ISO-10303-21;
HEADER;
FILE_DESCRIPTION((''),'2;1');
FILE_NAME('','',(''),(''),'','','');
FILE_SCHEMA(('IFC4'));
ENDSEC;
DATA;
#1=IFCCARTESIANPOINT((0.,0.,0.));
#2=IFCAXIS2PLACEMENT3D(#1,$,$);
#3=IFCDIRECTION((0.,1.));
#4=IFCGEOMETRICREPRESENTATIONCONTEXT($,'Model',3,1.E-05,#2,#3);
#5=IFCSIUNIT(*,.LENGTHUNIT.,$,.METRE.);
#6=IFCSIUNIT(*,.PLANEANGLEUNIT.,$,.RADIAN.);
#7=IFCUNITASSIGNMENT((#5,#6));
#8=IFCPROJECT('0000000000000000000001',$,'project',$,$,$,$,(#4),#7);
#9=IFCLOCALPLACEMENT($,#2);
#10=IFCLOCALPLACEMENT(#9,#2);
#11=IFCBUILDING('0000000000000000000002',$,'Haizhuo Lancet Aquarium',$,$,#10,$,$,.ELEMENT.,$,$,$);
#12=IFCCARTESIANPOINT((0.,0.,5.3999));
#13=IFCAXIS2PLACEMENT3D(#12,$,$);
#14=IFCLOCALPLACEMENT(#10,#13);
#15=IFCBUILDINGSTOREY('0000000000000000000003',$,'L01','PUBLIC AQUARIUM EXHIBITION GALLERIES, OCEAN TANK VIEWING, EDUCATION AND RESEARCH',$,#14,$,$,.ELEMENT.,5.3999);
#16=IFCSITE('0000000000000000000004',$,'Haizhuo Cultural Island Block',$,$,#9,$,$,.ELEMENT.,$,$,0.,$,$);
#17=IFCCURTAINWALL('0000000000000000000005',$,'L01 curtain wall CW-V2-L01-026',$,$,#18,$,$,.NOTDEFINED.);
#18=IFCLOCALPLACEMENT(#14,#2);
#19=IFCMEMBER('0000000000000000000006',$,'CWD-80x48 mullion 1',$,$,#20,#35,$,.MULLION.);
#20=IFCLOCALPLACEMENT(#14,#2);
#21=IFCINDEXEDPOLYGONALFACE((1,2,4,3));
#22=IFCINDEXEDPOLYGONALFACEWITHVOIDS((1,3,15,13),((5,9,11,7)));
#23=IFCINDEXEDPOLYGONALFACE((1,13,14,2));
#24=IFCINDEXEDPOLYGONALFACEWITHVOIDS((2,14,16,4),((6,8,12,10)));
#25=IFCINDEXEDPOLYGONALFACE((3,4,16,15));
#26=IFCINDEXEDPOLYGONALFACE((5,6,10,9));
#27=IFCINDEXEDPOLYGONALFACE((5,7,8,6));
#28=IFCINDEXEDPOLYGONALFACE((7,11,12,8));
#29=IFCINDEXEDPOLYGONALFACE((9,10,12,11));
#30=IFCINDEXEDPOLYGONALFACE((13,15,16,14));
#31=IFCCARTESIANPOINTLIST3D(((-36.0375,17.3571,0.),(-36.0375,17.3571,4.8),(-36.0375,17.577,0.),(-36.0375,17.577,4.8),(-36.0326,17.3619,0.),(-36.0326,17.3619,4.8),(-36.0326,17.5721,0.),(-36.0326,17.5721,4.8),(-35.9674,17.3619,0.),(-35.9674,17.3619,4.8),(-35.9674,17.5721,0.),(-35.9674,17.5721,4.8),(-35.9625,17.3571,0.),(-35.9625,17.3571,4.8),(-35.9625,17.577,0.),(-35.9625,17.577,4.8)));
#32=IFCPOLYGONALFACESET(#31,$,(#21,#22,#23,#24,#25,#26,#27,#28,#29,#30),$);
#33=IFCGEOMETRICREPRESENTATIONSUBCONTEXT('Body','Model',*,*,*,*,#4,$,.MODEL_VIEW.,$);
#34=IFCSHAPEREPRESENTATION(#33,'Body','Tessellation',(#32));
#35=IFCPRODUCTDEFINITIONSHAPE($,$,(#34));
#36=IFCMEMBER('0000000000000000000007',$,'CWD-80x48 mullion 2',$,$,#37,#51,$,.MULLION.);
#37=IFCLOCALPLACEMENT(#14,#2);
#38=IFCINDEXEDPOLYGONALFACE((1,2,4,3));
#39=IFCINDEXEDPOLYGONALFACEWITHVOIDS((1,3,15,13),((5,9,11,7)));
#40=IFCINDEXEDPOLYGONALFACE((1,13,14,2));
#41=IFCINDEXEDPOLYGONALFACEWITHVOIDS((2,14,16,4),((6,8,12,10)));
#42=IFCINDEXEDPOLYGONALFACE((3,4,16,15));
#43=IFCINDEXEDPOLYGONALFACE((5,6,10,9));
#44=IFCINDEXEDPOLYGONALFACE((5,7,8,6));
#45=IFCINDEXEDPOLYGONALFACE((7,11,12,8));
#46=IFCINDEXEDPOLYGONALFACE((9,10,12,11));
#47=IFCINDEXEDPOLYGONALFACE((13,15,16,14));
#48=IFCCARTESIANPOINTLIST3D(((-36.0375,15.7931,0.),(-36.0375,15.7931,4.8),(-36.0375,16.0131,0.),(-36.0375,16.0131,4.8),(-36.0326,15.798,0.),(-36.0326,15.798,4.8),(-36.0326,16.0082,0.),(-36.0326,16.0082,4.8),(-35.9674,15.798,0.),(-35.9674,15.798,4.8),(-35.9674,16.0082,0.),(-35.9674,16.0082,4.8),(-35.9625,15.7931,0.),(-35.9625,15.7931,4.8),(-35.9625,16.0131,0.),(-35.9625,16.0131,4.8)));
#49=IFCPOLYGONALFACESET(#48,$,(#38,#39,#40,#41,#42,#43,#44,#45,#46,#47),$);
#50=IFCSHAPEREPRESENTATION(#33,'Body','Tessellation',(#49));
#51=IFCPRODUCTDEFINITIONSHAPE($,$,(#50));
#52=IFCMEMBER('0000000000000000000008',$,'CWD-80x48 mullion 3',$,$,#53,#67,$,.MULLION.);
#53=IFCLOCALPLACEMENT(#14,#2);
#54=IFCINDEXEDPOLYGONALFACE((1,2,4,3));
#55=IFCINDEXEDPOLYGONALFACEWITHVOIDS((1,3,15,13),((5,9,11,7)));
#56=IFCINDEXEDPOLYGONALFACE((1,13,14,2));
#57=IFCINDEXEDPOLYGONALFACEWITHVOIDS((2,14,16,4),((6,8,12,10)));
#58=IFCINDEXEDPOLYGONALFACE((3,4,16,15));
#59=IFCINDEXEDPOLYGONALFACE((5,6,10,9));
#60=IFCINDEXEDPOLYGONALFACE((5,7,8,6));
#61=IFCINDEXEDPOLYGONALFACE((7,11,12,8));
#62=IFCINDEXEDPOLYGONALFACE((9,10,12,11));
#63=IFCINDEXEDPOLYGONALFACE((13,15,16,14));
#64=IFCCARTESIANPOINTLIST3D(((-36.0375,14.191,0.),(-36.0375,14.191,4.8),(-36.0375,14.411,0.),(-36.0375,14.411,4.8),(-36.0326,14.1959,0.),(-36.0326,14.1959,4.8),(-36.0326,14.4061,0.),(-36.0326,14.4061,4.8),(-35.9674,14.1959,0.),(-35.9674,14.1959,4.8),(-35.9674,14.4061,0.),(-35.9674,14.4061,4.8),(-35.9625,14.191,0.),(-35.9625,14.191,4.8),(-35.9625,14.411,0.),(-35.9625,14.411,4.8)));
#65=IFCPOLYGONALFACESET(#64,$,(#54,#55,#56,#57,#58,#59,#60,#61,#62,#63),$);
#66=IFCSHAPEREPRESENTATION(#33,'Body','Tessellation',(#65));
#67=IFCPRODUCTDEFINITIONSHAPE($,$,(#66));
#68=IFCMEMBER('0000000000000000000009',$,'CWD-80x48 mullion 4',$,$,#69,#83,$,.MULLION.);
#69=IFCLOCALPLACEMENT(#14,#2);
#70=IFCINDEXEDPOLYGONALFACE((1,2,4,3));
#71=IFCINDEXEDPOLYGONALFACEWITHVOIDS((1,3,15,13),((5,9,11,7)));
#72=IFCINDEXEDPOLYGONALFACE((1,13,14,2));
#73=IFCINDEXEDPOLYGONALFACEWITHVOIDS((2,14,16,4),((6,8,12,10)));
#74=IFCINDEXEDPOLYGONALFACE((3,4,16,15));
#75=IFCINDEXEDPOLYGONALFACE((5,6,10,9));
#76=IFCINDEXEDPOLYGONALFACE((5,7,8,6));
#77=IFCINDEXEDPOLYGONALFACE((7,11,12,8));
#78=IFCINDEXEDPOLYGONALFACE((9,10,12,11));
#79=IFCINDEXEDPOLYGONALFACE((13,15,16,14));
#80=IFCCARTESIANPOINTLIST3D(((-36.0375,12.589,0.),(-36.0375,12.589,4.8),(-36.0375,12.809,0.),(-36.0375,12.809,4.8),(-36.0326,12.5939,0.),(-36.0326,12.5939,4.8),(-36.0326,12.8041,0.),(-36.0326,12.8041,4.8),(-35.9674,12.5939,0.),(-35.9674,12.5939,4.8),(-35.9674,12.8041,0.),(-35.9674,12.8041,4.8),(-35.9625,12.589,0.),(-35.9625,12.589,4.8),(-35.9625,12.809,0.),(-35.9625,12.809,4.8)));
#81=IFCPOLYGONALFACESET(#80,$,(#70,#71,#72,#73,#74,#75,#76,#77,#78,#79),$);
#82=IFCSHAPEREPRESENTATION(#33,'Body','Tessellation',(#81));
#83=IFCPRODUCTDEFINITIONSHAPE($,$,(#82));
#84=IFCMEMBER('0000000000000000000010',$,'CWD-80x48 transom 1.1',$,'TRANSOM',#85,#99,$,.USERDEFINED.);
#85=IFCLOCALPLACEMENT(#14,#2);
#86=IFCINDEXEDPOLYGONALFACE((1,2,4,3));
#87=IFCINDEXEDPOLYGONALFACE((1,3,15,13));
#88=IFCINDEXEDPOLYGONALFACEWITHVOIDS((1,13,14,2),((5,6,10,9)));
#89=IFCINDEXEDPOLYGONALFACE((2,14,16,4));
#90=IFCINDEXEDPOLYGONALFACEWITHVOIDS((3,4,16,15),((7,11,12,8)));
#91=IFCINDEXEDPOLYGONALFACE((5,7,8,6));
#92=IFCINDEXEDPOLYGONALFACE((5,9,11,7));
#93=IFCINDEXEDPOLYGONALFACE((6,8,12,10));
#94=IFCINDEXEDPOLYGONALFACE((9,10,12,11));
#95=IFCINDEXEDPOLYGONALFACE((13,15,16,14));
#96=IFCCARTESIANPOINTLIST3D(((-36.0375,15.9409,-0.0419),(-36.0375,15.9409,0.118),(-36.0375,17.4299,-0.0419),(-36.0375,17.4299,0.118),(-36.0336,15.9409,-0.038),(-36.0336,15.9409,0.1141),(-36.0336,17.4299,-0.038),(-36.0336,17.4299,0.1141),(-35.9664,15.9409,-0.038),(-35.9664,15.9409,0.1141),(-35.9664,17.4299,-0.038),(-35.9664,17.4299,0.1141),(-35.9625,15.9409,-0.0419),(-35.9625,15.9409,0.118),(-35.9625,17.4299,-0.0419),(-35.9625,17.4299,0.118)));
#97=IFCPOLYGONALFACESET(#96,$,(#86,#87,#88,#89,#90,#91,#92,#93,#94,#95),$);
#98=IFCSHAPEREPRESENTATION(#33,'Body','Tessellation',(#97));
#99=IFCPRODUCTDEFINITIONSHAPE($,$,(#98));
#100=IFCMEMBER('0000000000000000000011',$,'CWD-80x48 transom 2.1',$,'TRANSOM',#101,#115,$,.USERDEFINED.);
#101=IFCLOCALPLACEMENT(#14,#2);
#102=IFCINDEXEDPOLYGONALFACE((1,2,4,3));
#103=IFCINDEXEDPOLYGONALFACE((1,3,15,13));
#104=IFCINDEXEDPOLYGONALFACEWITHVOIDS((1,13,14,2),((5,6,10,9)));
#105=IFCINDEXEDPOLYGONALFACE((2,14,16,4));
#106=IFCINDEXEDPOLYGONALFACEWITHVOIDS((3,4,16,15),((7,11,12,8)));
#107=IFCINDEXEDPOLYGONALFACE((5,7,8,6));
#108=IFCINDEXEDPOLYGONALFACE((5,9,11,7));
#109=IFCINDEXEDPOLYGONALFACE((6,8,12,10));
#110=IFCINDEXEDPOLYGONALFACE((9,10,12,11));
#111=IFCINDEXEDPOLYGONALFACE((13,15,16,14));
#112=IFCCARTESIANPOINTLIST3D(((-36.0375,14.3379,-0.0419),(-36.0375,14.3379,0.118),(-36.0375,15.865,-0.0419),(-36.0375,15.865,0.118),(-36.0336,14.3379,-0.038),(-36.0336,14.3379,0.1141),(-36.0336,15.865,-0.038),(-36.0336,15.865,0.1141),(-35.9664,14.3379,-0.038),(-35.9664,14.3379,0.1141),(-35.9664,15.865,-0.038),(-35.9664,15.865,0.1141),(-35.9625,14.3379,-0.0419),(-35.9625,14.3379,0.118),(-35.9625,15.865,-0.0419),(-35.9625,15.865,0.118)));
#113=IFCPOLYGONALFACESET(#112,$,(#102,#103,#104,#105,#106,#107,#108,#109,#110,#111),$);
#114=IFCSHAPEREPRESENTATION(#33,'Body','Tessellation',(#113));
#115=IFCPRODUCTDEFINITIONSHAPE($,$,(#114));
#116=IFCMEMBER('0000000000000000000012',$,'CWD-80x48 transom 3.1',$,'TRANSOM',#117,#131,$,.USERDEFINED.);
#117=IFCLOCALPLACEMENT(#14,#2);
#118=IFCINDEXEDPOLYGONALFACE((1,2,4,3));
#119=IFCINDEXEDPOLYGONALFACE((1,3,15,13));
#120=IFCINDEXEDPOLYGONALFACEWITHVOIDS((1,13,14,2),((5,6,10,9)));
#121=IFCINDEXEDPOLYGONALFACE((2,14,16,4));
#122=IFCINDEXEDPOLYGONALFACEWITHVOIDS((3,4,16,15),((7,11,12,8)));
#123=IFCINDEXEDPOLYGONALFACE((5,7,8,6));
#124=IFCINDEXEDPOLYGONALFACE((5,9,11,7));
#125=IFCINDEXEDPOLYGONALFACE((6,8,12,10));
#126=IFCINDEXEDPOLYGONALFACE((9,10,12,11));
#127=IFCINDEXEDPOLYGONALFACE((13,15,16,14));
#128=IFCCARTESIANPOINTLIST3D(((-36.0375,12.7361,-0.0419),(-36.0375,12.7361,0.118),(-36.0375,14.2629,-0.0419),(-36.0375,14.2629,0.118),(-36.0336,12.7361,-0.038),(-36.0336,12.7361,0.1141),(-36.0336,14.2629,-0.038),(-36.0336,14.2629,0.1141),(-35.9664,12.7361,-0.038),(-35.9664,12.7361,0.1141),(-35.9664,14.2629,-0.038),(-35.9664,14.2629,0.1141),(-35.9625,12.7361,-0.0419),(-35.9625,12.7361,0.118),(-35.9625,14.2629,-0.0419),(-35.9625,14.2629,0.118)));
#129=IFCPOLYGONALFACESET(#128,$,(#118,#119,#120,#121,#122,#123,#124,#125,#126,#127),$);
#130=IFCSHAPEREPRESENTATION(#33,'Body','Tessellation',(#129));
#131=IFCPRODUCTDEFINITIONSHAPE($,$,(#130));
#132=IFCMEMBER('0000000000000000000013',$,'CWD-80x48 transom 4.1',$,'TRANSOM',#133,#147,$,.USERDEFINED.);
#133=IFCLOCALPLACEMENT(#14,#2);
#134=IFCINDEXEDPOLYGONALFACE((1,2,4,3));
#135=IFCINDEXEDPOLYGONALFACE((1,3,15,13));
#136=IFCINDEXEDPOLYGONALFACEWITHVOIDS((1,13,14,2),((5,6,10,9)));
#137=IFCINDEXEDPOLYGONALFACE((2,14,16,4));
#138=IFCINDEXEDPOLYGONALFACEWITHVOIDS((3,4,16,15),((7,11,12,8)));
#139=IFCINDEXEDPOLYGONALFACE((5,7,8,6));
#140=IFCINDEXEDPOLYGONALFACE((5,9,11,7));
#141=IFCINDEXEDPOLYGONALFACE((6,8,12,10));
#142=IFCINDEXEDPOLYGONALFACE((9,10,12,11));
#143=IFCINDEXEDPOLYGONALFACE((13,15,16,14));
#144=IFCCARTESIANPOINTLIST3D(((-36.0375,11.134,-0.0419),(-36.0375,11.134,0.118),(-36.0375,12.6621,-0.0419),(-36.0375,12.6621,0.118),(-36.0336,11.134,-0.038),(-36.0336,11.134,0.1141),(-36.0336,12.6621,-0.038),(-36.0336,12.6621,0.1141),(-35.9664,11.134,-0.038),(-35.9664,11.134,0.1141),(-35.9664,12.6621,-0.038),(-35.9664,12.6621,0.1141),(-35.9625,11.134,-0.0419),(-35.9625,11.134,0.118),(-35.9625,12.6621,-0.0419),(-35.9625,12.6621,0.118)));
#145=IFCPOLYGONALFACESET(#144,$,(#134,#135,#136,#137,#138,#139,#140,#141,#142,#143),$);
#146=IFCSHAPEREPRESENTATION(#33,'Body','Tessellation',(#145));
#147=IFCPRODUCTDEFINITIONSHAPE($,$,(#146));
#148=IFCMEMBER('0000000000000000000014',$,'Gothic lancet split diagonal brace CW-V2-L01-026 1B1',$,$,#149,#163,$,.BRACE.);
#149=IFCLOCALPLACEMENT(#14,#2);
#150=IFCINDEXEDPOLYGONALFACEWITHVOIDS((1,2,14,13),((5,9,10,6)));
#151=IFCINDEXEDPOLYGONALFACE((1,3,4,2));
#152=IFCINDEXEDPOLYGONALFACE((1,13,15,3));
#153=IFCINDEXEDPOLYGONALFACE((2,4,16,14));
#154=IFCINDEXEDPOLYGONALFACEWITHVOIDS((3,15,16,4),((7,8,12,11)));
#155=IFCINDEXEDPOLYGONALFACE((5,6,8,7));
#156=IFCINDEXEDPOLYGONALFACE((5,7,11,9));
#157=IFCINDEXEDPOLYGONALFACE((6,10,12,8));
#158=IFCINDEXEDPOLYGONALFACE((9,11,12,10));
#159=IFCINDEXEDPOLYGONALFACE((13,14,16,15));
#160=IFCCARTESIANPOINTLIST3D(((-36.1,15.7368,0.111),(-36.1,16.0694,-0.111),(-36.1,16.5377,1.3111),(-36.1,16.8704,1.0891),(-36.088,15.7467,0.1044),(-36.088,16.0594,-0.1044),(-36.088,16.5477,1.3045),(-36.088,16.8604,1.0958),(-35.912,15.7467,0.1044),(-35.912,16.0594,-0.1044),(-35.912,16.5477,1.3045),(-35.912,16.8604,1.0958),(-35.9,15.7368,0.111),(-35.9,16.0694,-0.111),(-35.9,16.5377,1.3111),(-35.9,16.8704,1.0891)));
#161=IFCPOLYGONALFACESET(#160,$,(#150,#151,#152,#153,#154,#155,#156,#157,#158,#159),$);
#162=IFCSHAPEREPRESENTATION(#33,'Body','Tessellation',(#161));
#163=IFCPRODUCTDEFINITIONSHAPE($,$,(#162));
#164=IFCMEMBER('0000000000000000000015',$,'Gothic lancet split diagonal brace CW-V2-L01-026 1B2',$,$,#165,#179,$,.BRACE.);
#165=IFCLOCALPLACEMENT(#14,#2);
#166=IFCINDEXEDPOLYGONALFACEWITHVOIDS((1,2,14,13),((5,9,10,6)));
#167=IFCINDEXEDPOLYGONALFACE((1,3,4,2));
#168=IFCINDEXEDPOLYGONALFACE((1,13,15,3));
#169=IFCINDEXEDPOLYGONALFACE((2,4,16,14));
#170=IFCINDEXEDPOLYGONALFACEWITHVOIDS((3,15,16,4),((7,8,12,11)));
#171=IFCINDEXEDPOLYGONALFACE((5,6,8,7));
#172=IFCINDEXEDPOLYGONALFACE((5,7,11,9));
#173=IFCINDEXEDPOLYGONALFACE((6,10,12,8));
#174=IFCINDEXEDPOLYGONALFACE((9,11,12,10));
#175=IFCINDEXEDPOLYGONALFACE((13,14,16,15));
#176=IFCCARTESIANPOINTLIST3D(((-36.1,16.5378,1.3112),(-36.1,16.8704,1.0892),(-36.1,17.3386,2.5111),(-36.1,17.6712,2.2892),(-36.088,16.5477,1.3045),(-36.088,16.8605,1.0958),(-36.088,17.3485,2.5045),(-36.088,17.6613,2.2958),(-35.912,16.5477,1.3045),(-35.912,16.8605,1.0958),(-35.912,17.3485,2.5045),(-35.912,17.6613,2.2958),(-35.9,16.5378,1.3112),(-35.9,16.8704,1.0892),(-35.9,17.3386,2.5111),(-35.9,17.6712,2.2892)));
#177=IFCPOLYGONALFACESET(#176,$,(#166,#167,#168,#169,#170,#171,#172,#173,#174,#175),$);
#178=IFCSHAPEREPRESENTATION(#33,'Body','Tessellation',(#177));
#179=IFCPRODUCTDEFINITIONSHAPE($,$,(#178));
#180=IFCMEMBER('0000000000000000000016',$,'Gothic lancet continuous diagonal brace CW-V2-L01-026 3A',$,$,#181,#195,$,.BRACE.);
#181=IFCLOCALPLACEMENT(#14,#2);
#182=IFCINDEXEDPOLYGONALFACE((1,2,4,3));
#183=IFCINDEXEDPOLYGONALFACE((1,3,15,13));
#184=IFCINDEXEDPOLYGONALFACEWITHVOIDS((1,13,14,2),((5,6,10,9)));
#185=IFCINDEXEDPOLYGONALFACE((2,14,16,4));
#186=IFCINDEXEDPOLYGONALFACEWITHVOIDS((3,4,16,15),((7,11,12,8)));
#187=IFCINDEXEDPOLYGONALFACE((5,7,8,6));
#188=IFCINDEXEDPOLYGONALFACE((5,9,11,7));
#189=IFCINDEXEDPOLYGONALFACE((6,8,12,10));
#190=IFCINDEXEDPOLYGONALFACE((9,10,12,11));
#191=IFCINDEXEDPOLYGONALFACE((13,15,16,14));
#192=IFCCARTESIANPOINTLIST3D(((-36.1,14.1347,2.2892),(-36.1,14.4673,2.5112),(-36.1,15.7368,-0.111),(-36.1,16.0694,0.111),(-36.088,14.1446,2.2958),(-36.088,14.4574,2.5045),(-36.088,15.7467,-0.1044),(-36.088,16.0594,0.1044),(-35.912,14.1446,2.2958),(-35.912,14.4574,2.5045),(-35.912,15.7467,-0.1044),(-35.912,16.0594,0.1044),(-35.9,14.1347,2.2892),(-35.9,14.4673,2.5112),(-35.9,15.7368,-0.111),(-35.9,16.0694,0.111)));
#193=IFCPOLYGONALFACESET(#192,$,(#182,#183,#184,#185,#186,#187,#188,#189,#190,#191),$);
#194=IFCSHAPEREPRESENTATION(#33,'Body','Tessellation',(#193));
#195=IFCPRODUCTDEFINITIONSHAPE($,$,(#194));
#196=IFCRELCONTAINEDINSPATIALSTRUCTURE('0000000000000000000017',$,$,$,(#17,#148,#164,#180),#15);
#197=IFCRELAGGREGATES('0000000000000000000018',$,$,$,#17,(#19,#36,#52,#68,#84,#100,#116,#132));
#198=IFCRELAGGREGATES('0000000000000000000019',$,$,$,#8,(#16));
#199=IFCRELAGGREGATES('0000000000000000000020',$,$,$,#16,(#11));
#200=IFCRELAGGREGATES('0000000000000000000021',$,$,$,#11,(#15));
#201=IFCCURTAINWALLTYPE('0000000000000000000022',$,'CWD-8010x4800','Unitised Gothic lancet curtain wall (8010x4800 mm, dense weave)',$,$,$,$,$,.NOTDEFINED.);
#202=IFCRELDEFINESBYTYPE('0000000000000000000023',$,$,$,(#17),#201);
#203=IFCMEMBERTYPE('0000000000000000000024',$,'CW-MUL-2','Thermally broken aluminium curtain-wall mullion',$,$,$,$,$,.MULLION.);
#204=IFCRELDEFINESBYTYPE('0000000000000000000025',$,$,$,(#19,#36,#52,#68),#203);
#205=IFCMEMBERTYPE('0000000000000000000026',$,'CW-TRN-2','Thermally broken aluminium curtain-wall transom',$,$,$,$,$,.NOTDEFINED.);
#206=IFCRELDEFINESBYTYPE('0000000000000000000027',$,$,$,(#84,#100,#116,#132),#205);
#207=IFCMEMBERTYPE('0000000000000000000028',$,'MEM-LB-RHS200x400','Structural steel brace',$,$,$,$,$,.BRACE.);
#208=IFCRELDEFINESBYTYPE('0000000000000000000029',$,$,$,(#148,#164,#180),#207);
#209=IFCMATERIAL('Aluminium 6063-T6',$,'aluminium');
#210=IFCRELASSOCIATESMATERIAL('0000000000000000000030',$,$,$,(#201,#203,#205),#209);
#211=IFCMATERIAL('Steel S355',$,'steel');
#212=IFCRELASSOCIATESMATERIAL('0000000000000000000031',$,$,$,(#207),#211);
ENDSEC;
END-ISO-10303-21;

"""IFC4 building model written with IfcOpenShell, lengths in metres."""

from ifc_helpers import new_model, si_unit, direction, frame, origin, origin_2d, place, context, subcontext, project, spatial, hollow_rectangle, extrude, material, material_profile, profile_set, type_object, element, aggregate, save


model = new_model("IFC4")

# Units and contexts
model_context = context("Model", 3, precision=1e-05, world=origin(), true_north=direction((0.0, 1.0)))
body_context = subcontext(model_context, "Body", "Model", "MODEL_VIEW")
ifc_project = project(units=[si_unit("LENGTHUNIT", "METRE"), si_unit("PLANEANGLEUNIT", "RADIAN")], contexts=[model_context])

# Site, building, storey
site_placement = place(None, origin())
site = spatial("IfcSite", under=ifc_project, at=site_placement, Name="Haizhuo Cultural Island Block", CompositionType="ELEMENT", RefElevation=0.0)
building_placement = place(site_placement, origin())
building = spatial("IfcBuilding", under=site, at=building_placement, Name="Haizhuo Lancet Aquarium", CompositionType="ELEMENT")
storey_placement = place(building_placement, frame((0.0, 0.0, 5.3999)))
storey = spatial("IfcBuildingStorey", under=building, at=storey_placement, Name="L01", Description="PUBLIC AQUARIUM EXHIBITION GALLERIES, OCEAN TANK VIEWING, EDUCATION AND RESEARCH", CompositionType="ELEMENT", Elevation=5.3999)

# Curtain wall, members
ifc_material_1 = material(Name="Aluminium 6063-T6", Category="aluminium")
curtain_wall_type = type_object("IfcCurtainWallType", Name="CWD-8010x4800", Description="Unitised Gothic lancet curtain wall (8010x4800 mm, dense weave)", PredefinedType="NOTDEFINED", material=ifc_material_1)
curtain_wall_placement = place(storey_placement, origin())
curtain_wall = element("IfcCurtainWall", 1, at=curtain_wall_placement, inside=storey, type_object=curtain_wall_type, Name="L01 curtain wall CW-V2-L01-026", PredefinedType="NOTDEFINED")
ifc_material_profile_1 = material_profile(ifc_material_1, hollow_rectangle(XDim=0.075, YDim=0.22, WallThickness=0.0049, at=origin_2d()), Name="ALU-M 75x220x5")
ifc_profile_set_1 = profile_set([ifc_material_profile_1], Name="Aluminium 6063-T6")
member_type_1 = type_object("IfcMemberType", Name="CW-MUL-2", Description="Thermally broken aluminium curtain-wall mullion", PredefinedType="MULLION", material=ifc_profile_set_1)
member_1_placement = place(storey_placement, frame((-36.0, 17.467, 0.0), z_axis=(0.0, 0.0, 1.0), x_axis=(1.0, 0.0, 0.0)))
member_1 = element("IfcMember", 2, at=member_1_placement, type_object=member_type_1, Name="CWD-80x48 mullion 1", PredefinedType="MULLION", context=body_context, shape_type="SweptSolid", body=[
    extrude(hollow_rectangle(XDim=0.075, YDim=0.22, WallThickness=0.0049, at=origin_2d()), origin(), (0.0, 0.0, 1.0), 4.8),
])
member_2_placement = place(storey_placement, frame((-36.0, 15.9031, 0.0), z_axis=(0.0, 0.0, 1.0), x_axis=(1.0, 0.0, 0.0)))
member_2 = element("IfcMember", 3, at=member_2_placement, type_object=member_type_1, Name="CWD-80x48 mullion 2", PredefinedType="MULLION", context=body_context, shape_type="SweptSolid", body=[
    extrude(hollow_rectangle(XDim=0.075, YDim=0.22, WallThickness=0.0049, at=origin_2d()), origin(), (0.0, 0.0, 1.0), 4.8),
])
member_3_placement = place(storey_placement, frame((-36.0, 14.301, 0.0), z_axis=(0.0, 0.0, 1.0), x_axis=(1.0, 0.0, 0.0)))
member_3 = element("IfcMember", 4, at=member_3_placement, type_object=member_type_1, Name="CWD-80x48 mullion 3", PredefinedType="MULLION", context=body_context, shape_type="SweptSolid", body=[
    extrude(hollow_rectangle(XDim=0.075, YDim=0.22, WallThickness=0.0049, at=origin_2d()), origin(), (0.0, 0.0, 1.0), 4.8),
])
member_4_placement = place(storey_placement, frame((-36.0, 12.699, 0.0), z_axis=(0.0, 0.0, 1.0), x_axis=(1.0, 0.0, 0.0)))
member_4 = element("IfcMember", 5, at=member_4_placement, type_object=member_type_1, Name="CWD-80x48 mullion 4", PredefinedType="MULLION", context=body_context, shape_type="SweptSolid", body=[
    extrude(hollow_rectangle(XDim=0.075, YDim=0.22, WallThickness=0.0049, at=origin_2d()), origin(), (0.0, 0.0, 1.0), 4.8),
])
ifc_material_profile_2 = material_profile(ifc_material_1, hollow_rectangle(XDim=0.075, YDim=0.1599, WallThickness=0.0039, at=origin_2d()), Name="ALU-T 75x160x4")
ifc_profile_set_2 = profile_set([ifc_material_profile_2], Name="Aluminium 6063-T6")
member_type_2 = type_object("IfcMemberType", Name="CW-TRN-2", Description="Thermally broken aluminium curtain-wall transom", PredefinedType="NOTDEFINED", material=ifc_profile_set_2)
member_5_placement = place(storey_placement, frame((-36.0, 17.4299, 0.0381), z_axis=(0.0, -1.0, 0.0), x_axis=(1.0, 0.0, 0.0)))
member_5 = element("IfcMember", 6, at=member_5_placement, type_object=member_type_2, Name="CWD-80x48 transom 1.1", ObjectType="TRANSOM", PredefinedType="USERDEFINED", context=body_context, shape_type="SweptSolid", body=[
    extrude(hollow_rectangle(XDim=0.075, YDim=0.1599, WallThickness=0.0039, at=origin_2d()), origin(), (0.0, 0.0, 1.0), 1.489),
])
member_6_placement = place(storey_placement, frame((-36.0, 15.865, 0.0381), z_axis=(0.0, -1.0, 0.0), x_axis=(1.0, 0.0, 0.0)))
member_6 = element("IfcMember", 7, at=member_6_placement, type_object=member_type_2, Name="CWD-80x48 transom 2.1", ObjectType="TRANSOM", PredefinedType="USERDEFINED", context=body_context, shape_type="SweptSolid", body=[
    extrude(hollow_rectangle(XDim=0.075, YDim=0.1599, WallThickness=0.0039, at=origin_2d()), origin(), (0.0, 0.0, 1.0), 1.5271),
])
member_7_placement = place(storey_placement, frame((-36.0, 14.2629, 0.0381), z_axis=(0.0, -1.0, 0.0), x_axis=(1.0, 0.0, 0.0)))
member_7 = element("IfcMember", 8, at=member_7_placement, type_object=member_type_2, Name="CWD-80x48 transom 3.1", ObjectType="TRANSOM", PredefinedType="USERDEFINED", context=body_context, shape_type="SweptSolid", body=[
    extrude(hollow_rectangle(XDim=0.075, YDim=0.1599, WallThickness=0.0039, at=origin_2d()), origin(), (0.0, 0.0, 1.0), 1.5269),
])
member_8_placement = place(storey_placement, frame((-36.0, 12.6621, 0.0381), z_axis=(0.0, -1.0, 0.0), x_axis=(1.0, 0.0, 0.0)))
member_8 = element("IfcMember", 9, at=member_8_placement, type_object=member_type_2, Name="CWD-80x48 transom 4.1", ObjectType="TRANSOM", PredefinedType="USERDEFINED", context=body_context, shape_type="SweptSolid", body=[
    extrude(hollow_rectangle(XDim=0.075, YDim=0.1599, WallThickness=0.0039, at=origin_2d()), origin(), (0.0, 0.0, 1.0), 1.5281),
])

# Members
ifc_material_2 = material(Name="Steel S355", Category="steel")
ifc_material_profile_3 = material_profile(ifc_material_2, hollow_rectangle(XDim=0.2, YDim=0.3999, WallThickness=0.012, at=origin_2d()), Name="RHS 200x400x12")
ifc_profile_set_3 = profile_set([ifc_material_profile_3], Name="Steel S355")
member_type_3 = type_object("IfcMemberType", Name="MEM-LB-RHS200x400", Description="Structural steel brace", PredefinedType="BRACE", material=ifc_profile_set_3)
member_9_placement = place(storey_placement, frame((-36.0, 15.9031, 0.0), z_axis=(0.0, 0.55513, 0.831764), x_axis=(-1.0, 0.0, 0.0)))
element("IfcMember", 10, at=member_9_placement, inside=storey, type_object=member_type_3, Name="Gothic lancet split diagonal brace CW-V2-L01-026 1B1", PredefinedType="BRACE", context=body_context, shape_type="SweptSolid", body=[
    extrude(hollow_rectangle(XDim=0.2, YDim=0.3999, WallThickness=0.012, at=origin_2d()), origin(), (0.0, 0.0, 1.0), 1.4429),
])
member_10_placement = place(storey_placement, frame((-36.0, 16.7041, 1.2002), z_axis=(0.0, 0.555091, 0.83179), x_axis=(-1.0, 0.0, 0.0)))
element("IfcMember", 11, at=member_10_placement, inside=storey, type_object=member_type_3, Name="Gothic lancet split diagonal brace CW-V2-L01-026 1B2", PredefinedType="BRACE", context=body_context, shape_type="SweptSolid", body=[
    extrude(hollow_rectangle(XDim=0.2, YDim=0.3999, WallThickness=0.012, at=origin_2d()), origin(), (0.0, 0.0, 1.0), 1.4426),
])
member_11_placement = place(storey_placement, frame((-36.0, 15.9031, 0.0), z_axis=(0.0, -0.555169, 0.831738), x_axis=(1.0, 0.0, 0.0)))
element("IfcMember", 12, at=member_11_placement, inside=storey, type_object=member_type_3, Name="Gothic lancet continuous diagonal brace CW-V2-L01-026 3A", PredefinedType="BRACE", context=body_context, shape_type="SweptSolid", body=[
    extrude(hollow_rectangle(XDim=0.2, YDim=0.3999, WallThickness=0.012, at=origin_2d()), origin(), (0.0, 0.0, 1.0), 2.8857),
])

aggregate(curtain_wall, [member_1, member_2, member_3, member_4, member_5, member_6, member_7, member_8])

save(model, "model.ifc")
